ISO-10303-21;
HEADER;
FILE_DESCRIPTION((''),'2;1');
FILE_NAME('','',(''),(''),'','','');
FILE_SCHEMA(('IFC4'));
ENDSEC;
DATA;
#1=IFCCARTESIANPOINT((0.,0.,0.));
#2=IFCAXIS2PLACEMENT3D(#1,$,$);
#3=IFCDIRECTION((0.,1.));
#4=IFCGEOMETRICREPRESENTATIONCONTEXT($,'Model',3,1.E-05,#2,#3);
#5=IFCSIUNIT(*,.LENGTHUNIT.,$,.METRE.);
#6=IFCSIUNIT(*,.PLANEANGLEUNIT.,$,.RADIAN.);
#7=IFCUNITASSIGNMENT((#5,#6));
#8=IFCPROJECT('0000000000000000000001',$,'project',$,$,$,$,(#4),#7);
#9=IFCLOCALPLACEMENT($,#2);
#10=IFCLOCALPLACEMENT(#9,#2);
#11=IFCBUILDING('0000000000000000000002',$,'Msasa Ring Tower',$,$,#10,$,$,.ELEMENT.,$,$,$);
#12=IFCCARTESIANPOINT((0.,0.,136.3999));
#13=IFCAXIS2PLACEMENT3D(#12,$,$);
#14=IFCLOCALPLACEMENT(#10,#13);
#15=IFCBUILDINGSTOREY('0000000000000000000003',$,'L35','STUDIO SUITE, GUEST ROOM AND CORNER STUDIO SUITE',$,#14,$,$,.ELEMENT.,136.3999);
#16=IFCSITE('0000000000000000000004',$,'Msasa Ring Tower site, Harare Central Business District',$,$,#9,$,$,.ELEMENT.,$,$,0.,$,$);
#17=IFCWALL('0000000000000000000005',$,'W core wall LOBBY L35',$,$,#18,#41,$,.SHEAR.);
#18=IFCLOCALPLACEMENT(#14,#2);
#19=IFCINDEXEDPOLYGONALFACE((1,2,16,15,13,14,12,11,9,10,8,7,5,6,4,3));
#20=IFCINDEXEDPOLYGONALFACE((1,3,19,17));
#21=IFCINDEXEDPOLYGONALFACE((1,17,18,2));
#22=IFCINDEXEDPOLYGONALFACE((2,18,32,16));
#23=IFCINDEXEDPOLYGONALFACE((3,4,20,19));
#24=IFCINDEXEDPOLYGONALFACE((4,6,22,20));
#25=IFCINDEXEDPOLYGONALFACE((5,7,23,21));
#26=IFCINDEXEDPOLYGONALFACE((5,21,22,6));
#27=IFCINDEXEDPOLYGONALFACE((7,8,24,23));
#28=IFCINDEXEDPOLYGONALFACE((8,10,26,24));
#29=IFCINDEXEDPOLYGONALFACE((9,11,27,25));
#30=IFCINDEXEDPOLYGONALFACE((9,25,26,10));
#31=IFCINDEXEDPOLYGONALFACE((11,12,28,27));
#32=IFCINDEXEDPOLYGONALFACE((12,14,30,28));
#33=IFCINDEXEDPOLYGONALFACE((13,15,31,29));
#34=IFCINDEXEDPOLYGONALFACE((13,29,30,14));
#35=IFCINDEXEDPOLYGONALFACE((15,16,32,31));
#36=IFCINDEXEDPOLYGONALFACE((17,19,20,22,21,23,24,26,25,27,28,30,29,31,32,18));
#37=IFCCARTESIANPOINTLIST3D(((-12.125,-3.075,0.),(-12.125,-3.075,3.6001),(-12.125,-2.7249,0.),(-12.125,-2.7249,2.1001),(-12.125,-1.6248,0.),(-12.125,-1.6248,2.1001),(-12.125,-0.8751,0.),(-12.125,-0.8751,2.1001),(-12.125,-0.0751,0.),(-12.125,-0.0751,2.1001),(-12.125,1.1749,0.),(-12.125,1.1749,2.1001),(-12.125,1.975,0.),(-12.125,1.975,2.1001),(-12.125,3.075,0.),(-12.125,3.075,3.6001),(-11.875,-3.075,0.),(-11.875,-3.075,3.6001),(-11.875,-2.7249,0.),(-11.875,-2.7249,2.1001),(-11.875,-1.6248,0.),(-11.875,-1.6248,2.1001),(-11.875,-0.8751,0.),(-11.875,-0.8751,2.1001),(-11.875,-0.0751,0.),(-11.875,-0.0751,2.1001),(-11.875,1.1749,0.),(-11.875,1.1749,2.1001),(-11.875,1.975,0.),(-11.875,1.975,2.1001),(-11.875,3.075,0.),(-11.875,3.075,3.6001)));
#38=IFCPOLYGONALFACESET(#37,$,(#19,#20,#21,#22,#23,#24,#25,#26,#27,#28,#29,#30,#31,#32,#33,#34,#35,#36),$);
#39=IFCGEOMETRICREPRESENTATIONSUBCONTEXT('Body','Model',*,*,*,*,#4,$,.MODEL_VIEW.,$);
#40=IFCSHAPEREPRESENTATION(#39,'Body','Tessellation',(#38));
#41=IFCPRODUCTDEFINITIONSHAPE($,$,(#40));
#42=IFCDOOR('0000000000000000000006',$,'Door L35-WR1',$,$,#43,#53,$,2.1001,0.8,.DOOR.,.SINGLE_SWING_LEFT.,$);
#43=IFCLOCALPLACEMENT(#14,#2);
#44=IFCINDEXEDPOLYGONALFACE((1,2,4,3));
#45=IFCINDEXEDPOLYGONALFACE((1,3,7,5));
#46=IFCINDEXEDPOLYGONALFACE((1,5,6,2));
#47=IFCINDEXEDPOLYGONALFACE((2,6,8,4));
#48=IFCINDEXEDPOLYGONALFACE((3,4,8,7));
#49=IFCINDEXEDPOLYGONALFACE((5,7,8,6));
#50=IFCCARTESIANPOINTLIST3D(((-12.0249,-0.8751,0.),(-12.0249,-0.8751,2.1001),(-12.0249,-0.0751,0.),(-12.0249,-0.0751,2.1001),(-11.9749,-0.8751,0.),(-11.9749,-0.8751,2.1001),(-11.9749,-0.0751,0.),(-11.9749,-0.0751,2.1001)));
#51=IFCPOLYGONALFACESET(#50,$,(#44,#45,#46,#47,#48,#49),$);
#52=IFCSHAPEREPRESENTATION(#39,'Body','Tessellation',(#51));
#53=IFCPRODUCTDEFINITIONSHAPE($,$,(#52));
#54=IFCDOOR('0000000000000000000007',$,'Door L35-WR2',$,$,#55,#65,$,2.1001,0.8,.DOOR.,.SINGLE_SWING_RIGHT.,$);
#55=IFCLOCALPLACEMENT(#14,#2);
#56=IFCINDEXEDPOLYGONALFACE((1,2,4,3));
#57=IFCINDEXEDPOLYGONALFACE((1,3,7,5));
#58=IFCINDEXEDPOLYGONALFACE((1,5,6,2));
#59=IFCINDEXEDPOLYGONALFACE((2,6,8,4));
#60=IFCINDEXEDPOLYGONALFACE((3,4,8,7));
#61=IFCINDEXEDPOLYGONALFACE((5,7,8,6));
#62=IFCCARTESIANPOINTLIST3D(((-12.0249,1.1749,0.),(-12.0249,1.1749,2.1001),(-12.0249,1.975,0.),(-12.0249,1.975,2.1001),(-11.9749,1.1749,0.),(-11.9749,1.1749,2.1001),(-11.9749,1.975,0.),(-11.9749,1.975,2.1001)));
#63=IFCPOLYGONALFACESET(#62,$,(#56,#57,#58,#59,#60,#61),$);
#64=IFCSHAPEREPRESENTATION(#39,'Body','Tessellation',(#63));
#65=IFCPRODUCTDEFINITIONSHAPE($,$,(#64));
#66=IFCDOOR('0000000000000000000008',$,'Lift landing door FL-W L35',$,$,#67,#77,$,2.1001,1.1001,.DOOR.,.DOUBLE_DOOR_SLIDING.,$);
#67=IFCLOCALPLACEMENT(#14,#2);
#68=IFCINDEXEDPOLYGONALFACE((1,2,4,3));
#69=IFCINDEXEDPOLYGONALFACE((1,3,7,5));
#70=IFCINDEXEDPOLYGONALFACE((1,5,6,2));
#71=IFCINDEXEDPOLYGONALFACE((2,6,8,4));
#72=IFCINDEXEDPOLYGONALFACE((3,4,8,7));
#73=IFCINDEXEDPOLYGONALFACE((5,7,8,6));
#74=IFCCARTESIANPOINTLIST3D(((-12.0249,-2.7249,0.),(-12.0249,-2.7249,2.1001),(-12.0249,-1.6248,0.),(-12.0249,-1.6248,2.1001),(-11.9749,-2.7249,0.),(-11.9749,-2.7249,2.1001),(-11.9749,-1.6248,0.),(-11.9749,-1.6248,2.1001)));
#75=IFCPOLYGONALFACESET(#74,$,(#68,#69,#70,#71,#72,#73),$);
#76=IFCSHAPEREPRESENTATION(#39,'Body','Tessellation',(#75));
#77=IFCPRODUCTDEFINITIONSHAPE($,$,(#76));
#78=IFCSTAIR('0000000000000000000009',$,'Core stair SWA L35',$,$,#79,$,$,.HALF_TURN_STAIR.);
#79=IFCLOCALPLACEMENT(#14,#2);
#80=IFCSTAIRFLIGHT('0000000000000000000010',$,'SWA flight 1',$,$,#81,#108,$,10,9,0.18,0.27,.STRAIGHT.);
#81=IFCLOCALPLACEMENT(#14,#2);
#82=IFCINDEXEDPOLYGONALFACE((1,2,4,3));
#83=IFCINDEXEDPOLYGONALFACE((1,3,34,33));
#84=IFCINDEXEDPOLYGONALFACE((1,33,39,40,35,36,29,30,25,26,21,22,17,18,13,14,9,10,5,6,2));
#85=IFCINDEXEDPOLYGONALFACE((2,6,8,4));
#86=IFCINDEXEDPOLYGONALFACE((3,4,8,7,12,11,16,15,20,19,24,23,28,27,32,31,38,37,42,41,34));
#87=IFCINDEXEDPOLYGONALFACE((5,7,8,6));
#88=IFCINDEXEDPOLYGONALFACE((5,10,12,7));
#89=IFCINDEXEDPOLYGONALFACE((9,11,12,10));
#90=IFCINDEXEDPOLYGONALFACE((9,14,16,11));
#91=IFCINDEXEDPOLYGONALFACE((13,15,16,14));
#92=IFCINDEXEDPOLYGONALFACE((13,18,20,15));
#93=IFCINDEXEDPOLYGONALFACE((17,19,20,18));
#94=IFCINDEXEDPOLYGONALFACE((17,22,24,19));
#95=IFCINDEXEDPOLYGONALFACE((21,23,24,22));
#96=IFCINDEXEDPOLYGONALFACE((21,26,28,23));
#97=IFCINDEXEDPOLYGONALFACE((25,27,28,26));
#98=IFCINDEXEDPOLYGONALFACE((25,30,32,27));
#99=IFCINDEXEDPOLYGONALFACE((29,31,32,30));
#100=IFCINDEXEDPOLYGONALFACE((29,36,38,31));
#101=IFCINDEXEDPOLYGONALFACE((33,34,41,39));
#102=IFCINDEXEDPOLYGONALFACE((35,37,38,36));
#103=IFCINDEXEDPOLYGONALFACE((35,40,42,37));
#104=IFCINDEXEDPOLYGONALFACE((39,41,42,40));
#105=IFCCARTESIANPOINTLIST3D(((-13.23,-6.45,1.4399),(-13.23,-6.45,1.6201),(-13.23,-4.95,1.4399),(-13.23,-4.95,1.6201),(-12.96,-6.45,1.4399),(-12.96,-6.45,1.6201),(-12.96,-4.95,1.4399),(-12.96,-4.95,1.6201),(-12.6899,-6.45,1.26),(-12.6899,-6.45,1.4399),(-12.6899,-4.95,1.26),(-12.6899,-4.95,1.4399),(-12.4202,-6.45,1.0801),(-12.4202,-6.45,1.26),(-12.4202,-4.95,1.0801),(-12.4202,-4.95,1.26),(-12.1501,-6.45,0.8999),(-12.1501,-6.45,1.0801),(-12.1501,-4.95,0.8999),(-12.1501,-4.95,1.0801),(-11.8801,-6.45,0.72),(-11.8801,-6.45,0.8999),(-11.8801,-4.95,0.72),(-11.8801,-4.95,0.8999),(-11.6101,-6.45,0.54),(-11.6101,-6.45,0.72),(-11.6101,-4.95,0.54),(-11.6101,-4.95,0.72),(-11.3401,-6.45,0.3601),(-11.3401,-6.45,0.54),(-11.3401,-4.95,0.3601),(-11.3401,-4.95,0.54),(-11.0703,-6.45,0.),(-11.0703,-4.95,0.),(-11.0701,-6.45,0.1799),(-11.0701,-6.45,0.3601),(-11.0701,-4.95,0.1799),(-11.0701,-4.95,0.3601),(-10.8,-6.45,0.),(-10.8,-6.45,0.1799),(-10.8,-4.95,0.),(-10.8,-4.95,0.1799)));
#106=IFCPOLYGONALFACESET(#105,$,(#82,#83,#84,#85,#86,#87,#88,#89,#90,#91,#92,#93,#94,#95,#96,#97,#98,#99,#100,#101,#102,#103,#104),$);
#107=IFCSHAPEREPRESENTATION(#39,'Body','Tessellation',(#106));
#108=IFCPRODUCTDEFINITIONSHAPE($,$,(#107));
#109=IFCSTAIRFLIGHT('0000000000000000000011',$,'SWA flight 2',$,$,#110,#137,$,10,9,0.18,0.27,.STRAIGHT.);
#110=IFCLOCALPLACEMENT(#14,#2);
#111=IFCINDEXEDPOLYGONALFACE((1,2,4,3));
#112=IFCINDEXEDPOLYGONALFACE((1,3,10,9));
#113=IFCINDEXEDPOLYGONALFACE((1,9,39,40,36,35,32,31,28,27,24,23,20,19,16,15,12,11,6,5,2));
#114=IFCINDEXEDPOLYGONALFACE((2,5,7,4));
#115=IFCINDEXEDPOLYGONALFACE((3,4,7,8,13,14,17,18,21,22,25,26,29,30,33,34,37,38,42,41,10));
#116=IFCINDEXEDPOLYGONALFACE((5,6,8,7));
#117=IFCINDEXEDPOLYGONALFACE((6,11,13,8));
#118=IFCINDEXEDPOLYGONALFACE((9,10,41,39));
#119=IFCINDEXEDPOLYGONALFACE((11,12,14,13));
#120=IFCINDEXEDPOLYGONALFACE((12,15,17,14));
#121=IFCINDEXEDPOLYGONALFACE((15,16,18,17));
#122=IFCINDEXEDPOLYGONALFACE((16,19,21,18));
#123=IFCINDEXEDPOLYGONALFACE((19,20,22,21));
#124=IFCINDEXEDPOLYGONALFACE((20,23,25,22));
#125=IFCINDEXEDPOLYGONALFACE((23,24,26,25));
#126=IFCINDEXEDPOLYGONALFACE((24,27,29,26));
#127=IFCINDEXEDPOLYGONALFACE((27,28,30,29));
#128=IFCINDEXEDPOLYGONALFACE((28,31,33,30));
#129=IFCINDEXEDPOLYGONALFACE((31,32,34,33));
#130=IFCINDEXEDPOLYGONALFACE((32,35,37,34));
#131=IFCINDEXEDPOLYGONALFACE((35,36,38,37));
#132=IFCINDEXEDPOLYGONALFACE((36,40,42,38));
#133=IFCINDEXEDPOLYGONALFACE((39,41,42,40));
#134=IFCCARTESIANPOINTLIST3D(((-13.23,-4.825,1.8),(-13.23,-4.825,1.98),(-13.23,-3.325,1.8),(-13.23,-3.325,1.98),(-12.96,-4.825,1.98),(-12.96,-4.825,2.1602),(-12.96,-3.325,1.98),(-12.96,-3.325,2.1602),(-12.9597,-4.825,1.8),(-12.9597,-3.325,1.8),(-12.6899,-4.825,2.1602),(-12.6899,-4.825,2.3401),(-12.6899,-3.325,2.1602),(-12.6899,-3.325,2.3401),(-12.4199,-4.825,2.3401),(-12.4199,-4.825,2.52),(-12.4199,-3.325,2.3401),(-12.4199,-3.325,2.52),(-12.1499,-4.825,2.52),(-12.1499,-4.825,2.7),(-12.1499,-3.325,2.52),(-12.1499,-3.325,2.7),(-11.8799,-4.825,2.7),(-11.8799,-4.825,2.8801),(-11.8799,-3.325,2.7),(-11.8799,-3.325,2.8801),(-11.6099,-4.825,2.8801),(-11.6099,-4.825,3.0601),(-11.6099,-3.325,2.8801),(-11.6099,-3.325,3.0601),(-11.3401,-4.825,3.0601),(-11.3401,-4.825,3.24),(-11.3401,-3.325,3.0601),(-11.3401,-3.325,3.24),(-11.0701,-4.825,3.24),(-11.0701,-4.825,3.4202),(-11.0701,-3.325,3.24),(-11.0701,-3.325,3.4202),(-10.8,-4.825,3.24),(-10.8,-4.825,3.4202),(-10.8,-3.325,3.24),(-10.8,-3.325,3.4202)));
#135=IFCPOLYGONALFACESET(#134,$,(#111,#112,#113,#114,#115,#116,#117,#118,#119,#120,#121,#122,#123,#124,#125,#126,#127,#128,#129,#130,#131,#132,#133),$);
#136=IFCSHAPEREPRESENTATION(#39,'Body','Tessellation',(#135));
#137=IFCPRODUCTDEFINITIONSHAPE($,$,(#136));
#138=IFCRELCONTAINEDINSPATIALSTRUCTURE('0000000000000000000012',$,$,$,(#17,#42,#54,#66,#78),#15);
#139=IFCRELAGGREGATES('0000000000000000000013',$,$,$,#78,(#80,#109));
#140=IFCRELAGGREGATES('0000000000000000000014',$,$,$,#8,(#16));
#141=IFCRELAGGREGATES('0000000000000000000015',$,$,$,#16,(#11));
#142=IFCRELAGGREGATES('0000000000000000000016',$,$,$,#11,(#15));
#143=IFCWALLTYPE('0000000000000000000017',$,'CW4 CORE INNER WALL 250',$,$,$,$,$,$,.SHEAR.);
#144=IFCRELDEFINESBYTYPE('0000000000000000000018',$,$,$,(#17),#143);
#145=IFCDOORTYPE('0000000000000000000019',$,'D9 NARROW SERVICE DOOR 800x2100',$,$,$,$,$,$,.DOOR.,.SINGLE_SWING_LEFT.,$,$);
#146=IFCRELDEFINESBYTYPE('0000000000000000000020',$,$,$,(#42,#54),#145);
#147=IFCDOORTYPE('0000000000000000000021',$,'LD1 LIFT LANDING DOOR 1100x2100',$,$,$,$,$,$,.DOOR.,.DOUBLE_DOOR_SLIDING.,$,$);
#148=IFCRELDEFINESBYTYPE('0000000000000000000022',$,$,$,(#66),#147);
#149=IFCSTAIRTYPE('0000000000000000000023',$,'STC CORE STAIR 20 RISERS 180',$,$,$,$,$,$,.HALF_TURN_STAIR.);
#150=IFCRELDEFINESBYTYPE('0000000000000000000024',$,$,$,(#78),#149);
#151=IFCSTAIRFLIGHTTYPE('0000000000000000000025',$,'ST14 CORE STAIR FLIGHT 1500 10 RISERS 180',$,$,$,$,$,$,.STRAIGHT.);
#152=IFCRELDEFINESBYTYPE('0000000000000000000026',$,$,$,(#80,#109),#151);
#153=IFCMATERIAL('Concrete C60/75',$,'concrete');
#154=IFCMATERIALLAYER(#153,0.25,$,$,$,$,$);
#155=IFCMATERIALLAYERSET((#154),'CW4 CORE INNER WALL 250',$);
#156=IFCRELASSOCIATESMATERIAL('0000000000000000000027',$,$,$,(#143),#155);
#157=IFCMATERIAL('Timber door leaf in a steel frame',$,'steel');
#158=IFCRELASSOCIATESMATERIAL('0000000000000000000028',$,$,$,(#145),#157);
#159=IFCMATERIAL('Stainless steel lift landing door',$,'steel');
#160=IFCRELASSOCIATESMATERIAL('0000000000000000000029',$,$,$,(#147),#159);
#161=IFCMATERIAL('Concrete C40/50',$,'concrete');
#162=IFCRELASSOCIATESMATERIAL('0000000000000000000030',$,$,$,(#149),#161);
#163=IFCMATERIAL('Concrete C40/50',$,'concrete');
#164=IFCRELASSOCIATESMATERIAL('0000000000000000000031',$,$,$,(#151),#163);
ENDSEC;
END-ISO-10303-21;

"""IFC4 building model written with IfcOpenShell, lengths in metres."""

from ifc_helpers import new_model, si_unit, direction, frame, frame_2d, origin, place, context, subcontext, project, spatial, polyline, rectangle, outline, extrude, material, layer, layer_set, type_object, element, fill, aggregate, save


model = new_model("IFC4")

# Units and contexts
model_context = context("Model", 3, precision=1e-05, world=origin(), true_north=direction((0.0, 1.0)))
body_context = subcontext(model_context, "Body", "Model", "MODEL_VIEW")
ifc_project = project(units=[si_unit("LENGTHUNIT", "METRE"), si_unit("PLANEANGLEUNIT", "RADIAN")], contexts=[model_context])

# Site, building, storey
site_placement = place(None, origin())
site = spatial("IfcSite", under=ifc_project, at=site_placement, Name="Msasa Ring Tower site, Harare Central Business District", CompositionType="ELEMENT", RefElevation=0.0)
building_placement = place(site_placement, origin())
building = spatial("IfcBuilding", under=site, at=building_placement, Name="Msasa Ring Tower", CompositionType="ELEMENT")
storey_placement = place(building_placement, frame((0.0, 0.0, 136.3999)))
storey = spatial("IfcBuildingStorey", under=building, at=storey_placement, Name="L35", Description="STUDIO SUITE, GUEST ROOM AND CORNER STUDIO SUITE", CompositionType="ELEMENT", Elevation=136.3999)

# Shared definitions
ifc_material_1 = material(Name="Concrete C60/75", Category="concrete")
ifc_layer_1 = layer(ifc_material_1, 0.25)
ifc_layer_set_1 = layer_set([ifc_layer_1], Name="CW4 CORE INNER WALL 250")
wall_type_1 = type_object("IfcWallType", Name="CW4 CORE INNER WALL 250", PredefinedType="SHEAR", material=ifc_layer_set_1)

# Wall, openings, doors
wall_1_placement = place(storey_placement, frame((-12.0, -3.075, 0.0), z_axis=(0.0, 0.0, 1.0), x_axis=(0.0, 1.0, 0.0)))
wall_1 = element("IfcWall", 1, at=wall_1_placement, inside=storey, type_object=wall_type_1, Name="W core wall LOBBY L35", PredefinedType="SHEAR", context=body_context, shape_type="SweptSolid", body=[
    extrude(rectangle(XDim=6.1499, YDim=0.25, at=frame_2d((3.075, 0.0))), origin(), (0.0, 0.0, 1.0), 3.6001),
])
opening_1_placement = place(wall_1_placement, frame((2.2, 0.0, 0.0)))
opening_1 = element("IfcOpeningElement", 2, at=opening_1_placement, cuts=wall_1, PredefinedType="OPENING", context=body_context, shape_type="SweptSolid", body=[
    extrude(rectangle(XDim=0.8, YDim=2.1001, at=frame_2d((0.3999, 1.05))), frame((0.0, 0.135, 0.0), z_axis=(0.0, -1.0, 0.0), x_axis=(1.0, 0.0, 0.0)), (0.0, 0.0, 1.0), 0.27),
])
opening_2_placement = place(wall_1_placement, frame((4.25, 0.0, 0.0)))
opening_2 = element("IfcOpeningElement", 3, at=opening_2_placement, cuts=wall_1, PredefinedType="OPENING", context=body_context, shape_type="SweptSolid", body=[
    extrude(rectangle(XDim=0.8, YDim=2.1001, at=frame_2d((0.3999, 1.05))), frame((0.0, 0.135, 0.0), z_axis=(0.0, -1.0, 0.0), x_axis=(1.0, 0.0, 0.0)), (0.0, 0.0, 1.0), 0.27),
])
opening_3_placement = place(wall_1_placement, frame((0.3501, 0.0, 0.0)))
opening_3 = element("IfcOpeningElement", 4, at=opening_3_placement, cuts=wall_1, PredefinedType="OPENING", context=body_context, shape_type="SweptSolid", body=[
    extrude(rectangle(XDim=1.1001, YDim=2.1001, at=frame_2d((0.55, 1.05))), frame((0.0, 0.135, 0.0), z_axis=(0.0, -1.0, 0.0), x_axis=(1.0, 0.0, 0.0)), (0.0, 0.0, 1.0), 0.27),
])
ifc_material_2 = material(Name="Timber door leaf in a steel frame", Category="steel")
door_type_1 = type_object("IfcDoorType", Name="D9 NARROW SERVICE DOOR 800x2100", OperationType="SINGLE_SWING_LEFT", PredefinedType="DOOR", material=ifc_material_2)
door_1_placement = place(opening_1_placement, origin())
door_1 = element("IfcDoor", 5, at=door_1_placement, inside=storey, type_object=door_type_1, Name="Door L35-WR1", OperationType="SINGLE_SWING_LEFT", OverallHeight=2.1001, OverallWidth=0.8, PredefinedType="DOOR", context=body_context, shape_type="SweptSolid", body=[
    extrude(rectangle(XDim=0.8, YDim=2.1001, at=frame_2d((0.3999, 1.05))), frame((0.0, 0.0249, 0.0), z_axis=(0.0, -1.0, 0.0), x_axis=(1.0, 0.0, 0.0)), (0.0, 0.0, 1.0), 0.05),
])
fill(opening_1, door_1)
door_2_placement = place(opening_2_placement, origin())
door_2 = element("IfcDoor", 6, at=door_2_placement, inside=storey, type_object=door_type_1, Name="Door L35-WR2", OperationType="SINGLE_SWING_RIGHT", OverallHeight=2.1001, OverallWidth=0.8, PredefinedType="DOOR", context=body_context, shape_type="SweptSolid", body=[
    extrude(rectangle(XDim=0.8, YDim=2.1001, at=frame_2d((0.3999, 1.05))), frame((0.0, 0.0249, 0.0), z_axis=(0.0, -1.0, 0.0), x_axis=(1.0, 0.0, 0.0)), (0.0, 0.0, 1.0), 0.05),
])
fill(opening_2, door_2)
ifc_material_3 = material(Name="Stainless steel lift landing door", Category="steel")
door_type_2 = type_object("IfcDoorType", Name="LD1 LIFT LANDING DOOR 1100x2100", OperationType="DOUBLE_DOOR_SLIDING", PredefinedType="DOOR", material=ifc_material_3)
door_3_placement = place(opening_3_placement, origin())
door_3 = element("IfcDoor", 7, at=door_3_placement, inside=storey, type_object=door_type_2, Name="Lift landing door FL-W L35", OperationType="DOUBLE_DOOR_SLIDING", OverallHeight=2.1001, OverallWidth=1.1001, PredefinedType="DOOR", context=body_context, shape_type="SweptSolid", body=[
    extrude(rectangle(XDim=1.1001, YDim=2.1001, at=frame_2d((0.55, 1.05))), frame((0.0, 0.0249, 0.0), z_axis=(0.0, -1.0, 0.0), x_axis=(1.0, 0.0, 0.0)), (0.0, 0.0, 1.0), 0.05),
])
fill(opening_3, door_3)

# Stair, stair flights
ifc_material_4 = material(Name="Concrete C40/50", Category="concrete")
stair_type = type_object("IfcStairType", Name="STC CORE STAIR 20 RISERS 180", PredefinedType="HALF_TURN_STAIR", material=ifc_material_4)
stair_placement = place(storey_placement, origin())
stair = element("IfcStair", 8, at=stair_placement, inside=storey, type_object=stair_type, Name="Core stair SWA L35", PredefinedType="HALF_TURN_STAIR")
ifc_material_5 = material(Name="Concrete C40/50", Category="concrete")
stair_flight_type = type_object("IfcStairFlightType", Name="ST14 CORE STAIR FLIGHT 1500 10 RISERS 180", PredefinedType="STRAIGHT", material=ifc_material_5)
stair_flight_1_placement = place(storey_placement, frame((-10.8, -5.7, 0.0), z_axis=(0.0, 0.0, 1.0), x_axis=(-1.0, 0.0, 0.0)))
stair_flight_1 = element("IfcStairFlight", 9, at=stair_flight_1_placement, type_object=stair_flight_type, Name="SWA flight 1", NumberOfRisers=10, NumberOfTreads=9, PredefinedType="STRAIGHT", RiserHeight=0.18, TreadLength=0.27, context=body_context, shape_type="SweptSolid", body=[
    extrude(outline(polyline([(0.0, 0.0), (0.0, 0.1799), (0.27, 0.1799), (0.27, 0.3601), (0.54, 0.3601), (0.54, 0.54), (0.8101, 0.54), (0.8101, 0.72), (1.0801, 0.72), (1.0801, 0.8999), (1.3501, 0.8999), (1.3501, 1.0801), (1.6201, 1.0801), (1.6201, 1.26), (1.8899, 1.26), (1.8899, 1.4399), (2.1599, 1.4399), (2.1599, 1.6201), (2.4299, 1.6201), (2.4299, 1.8), (2.4299, 1.4399), (0.2703, 0.0), (0.0, 0.0)])), frame((0.0, 0.75, 0.0), z_axis=(0.0, -1.0, 0.0), x_axis=(1.0, 0.0, 0.0)), (0.0, 0.0, 1.0), 1.5),
])
stair_flight_2_placement = place(storey_placement, frame((-13.23, -4.075, 1.8), z_axis=(0.0, 0.0, 1.0), x_axis=(1.0, 0.0, 0.0)))
stair_flight_2 = element("IfcStairFlight", 10, at=stair_flight_2_placement, type_object=stair_flight_type, Name="SWA flight 2", NumberOfRisers=10, NumberOfTreads=9, PredefinedType="STRAIGHT", RiserHeight=0.18, TreadLength=0.27, context=body_context, shape_type="SweptSolid", body=[
    extrude(outline(polyline([(0.0, 0.0), (0.0, 0.1799), (0.27, 0.1799), (0.27, 0.3601), (0.54, 0.3601), (0.54, 0.54), (0.8101, 0.54), (0.8101, 0.72), (1.0801, 0.72), (1.0801, 0.8999), (1.3501, 0.8999), (1.3501, 1.0801), (1.6201, 1.0801), (1.6201, 1.26), (1.8899, 1.26), (1.8899, 1.4399), (2.1599, 1.4399), (2.1599, 1.6201), (2.4299, 1.6201), (2.4299, 1.8), (2.4299, 1.4399), (0.2703, 0.0), (0.0, 0.0)])), frame((0.0, 0.75, 0.0), z_axis=(0.0, -1.0, 0.0), x_axis=(1.0, 0.0, 0.0)), (0.0, 0.0, 1.0), 1.5),
])
aggregate(stair, [stair_flight_1, stair_flight_2])

save(model, "model.ifc")
